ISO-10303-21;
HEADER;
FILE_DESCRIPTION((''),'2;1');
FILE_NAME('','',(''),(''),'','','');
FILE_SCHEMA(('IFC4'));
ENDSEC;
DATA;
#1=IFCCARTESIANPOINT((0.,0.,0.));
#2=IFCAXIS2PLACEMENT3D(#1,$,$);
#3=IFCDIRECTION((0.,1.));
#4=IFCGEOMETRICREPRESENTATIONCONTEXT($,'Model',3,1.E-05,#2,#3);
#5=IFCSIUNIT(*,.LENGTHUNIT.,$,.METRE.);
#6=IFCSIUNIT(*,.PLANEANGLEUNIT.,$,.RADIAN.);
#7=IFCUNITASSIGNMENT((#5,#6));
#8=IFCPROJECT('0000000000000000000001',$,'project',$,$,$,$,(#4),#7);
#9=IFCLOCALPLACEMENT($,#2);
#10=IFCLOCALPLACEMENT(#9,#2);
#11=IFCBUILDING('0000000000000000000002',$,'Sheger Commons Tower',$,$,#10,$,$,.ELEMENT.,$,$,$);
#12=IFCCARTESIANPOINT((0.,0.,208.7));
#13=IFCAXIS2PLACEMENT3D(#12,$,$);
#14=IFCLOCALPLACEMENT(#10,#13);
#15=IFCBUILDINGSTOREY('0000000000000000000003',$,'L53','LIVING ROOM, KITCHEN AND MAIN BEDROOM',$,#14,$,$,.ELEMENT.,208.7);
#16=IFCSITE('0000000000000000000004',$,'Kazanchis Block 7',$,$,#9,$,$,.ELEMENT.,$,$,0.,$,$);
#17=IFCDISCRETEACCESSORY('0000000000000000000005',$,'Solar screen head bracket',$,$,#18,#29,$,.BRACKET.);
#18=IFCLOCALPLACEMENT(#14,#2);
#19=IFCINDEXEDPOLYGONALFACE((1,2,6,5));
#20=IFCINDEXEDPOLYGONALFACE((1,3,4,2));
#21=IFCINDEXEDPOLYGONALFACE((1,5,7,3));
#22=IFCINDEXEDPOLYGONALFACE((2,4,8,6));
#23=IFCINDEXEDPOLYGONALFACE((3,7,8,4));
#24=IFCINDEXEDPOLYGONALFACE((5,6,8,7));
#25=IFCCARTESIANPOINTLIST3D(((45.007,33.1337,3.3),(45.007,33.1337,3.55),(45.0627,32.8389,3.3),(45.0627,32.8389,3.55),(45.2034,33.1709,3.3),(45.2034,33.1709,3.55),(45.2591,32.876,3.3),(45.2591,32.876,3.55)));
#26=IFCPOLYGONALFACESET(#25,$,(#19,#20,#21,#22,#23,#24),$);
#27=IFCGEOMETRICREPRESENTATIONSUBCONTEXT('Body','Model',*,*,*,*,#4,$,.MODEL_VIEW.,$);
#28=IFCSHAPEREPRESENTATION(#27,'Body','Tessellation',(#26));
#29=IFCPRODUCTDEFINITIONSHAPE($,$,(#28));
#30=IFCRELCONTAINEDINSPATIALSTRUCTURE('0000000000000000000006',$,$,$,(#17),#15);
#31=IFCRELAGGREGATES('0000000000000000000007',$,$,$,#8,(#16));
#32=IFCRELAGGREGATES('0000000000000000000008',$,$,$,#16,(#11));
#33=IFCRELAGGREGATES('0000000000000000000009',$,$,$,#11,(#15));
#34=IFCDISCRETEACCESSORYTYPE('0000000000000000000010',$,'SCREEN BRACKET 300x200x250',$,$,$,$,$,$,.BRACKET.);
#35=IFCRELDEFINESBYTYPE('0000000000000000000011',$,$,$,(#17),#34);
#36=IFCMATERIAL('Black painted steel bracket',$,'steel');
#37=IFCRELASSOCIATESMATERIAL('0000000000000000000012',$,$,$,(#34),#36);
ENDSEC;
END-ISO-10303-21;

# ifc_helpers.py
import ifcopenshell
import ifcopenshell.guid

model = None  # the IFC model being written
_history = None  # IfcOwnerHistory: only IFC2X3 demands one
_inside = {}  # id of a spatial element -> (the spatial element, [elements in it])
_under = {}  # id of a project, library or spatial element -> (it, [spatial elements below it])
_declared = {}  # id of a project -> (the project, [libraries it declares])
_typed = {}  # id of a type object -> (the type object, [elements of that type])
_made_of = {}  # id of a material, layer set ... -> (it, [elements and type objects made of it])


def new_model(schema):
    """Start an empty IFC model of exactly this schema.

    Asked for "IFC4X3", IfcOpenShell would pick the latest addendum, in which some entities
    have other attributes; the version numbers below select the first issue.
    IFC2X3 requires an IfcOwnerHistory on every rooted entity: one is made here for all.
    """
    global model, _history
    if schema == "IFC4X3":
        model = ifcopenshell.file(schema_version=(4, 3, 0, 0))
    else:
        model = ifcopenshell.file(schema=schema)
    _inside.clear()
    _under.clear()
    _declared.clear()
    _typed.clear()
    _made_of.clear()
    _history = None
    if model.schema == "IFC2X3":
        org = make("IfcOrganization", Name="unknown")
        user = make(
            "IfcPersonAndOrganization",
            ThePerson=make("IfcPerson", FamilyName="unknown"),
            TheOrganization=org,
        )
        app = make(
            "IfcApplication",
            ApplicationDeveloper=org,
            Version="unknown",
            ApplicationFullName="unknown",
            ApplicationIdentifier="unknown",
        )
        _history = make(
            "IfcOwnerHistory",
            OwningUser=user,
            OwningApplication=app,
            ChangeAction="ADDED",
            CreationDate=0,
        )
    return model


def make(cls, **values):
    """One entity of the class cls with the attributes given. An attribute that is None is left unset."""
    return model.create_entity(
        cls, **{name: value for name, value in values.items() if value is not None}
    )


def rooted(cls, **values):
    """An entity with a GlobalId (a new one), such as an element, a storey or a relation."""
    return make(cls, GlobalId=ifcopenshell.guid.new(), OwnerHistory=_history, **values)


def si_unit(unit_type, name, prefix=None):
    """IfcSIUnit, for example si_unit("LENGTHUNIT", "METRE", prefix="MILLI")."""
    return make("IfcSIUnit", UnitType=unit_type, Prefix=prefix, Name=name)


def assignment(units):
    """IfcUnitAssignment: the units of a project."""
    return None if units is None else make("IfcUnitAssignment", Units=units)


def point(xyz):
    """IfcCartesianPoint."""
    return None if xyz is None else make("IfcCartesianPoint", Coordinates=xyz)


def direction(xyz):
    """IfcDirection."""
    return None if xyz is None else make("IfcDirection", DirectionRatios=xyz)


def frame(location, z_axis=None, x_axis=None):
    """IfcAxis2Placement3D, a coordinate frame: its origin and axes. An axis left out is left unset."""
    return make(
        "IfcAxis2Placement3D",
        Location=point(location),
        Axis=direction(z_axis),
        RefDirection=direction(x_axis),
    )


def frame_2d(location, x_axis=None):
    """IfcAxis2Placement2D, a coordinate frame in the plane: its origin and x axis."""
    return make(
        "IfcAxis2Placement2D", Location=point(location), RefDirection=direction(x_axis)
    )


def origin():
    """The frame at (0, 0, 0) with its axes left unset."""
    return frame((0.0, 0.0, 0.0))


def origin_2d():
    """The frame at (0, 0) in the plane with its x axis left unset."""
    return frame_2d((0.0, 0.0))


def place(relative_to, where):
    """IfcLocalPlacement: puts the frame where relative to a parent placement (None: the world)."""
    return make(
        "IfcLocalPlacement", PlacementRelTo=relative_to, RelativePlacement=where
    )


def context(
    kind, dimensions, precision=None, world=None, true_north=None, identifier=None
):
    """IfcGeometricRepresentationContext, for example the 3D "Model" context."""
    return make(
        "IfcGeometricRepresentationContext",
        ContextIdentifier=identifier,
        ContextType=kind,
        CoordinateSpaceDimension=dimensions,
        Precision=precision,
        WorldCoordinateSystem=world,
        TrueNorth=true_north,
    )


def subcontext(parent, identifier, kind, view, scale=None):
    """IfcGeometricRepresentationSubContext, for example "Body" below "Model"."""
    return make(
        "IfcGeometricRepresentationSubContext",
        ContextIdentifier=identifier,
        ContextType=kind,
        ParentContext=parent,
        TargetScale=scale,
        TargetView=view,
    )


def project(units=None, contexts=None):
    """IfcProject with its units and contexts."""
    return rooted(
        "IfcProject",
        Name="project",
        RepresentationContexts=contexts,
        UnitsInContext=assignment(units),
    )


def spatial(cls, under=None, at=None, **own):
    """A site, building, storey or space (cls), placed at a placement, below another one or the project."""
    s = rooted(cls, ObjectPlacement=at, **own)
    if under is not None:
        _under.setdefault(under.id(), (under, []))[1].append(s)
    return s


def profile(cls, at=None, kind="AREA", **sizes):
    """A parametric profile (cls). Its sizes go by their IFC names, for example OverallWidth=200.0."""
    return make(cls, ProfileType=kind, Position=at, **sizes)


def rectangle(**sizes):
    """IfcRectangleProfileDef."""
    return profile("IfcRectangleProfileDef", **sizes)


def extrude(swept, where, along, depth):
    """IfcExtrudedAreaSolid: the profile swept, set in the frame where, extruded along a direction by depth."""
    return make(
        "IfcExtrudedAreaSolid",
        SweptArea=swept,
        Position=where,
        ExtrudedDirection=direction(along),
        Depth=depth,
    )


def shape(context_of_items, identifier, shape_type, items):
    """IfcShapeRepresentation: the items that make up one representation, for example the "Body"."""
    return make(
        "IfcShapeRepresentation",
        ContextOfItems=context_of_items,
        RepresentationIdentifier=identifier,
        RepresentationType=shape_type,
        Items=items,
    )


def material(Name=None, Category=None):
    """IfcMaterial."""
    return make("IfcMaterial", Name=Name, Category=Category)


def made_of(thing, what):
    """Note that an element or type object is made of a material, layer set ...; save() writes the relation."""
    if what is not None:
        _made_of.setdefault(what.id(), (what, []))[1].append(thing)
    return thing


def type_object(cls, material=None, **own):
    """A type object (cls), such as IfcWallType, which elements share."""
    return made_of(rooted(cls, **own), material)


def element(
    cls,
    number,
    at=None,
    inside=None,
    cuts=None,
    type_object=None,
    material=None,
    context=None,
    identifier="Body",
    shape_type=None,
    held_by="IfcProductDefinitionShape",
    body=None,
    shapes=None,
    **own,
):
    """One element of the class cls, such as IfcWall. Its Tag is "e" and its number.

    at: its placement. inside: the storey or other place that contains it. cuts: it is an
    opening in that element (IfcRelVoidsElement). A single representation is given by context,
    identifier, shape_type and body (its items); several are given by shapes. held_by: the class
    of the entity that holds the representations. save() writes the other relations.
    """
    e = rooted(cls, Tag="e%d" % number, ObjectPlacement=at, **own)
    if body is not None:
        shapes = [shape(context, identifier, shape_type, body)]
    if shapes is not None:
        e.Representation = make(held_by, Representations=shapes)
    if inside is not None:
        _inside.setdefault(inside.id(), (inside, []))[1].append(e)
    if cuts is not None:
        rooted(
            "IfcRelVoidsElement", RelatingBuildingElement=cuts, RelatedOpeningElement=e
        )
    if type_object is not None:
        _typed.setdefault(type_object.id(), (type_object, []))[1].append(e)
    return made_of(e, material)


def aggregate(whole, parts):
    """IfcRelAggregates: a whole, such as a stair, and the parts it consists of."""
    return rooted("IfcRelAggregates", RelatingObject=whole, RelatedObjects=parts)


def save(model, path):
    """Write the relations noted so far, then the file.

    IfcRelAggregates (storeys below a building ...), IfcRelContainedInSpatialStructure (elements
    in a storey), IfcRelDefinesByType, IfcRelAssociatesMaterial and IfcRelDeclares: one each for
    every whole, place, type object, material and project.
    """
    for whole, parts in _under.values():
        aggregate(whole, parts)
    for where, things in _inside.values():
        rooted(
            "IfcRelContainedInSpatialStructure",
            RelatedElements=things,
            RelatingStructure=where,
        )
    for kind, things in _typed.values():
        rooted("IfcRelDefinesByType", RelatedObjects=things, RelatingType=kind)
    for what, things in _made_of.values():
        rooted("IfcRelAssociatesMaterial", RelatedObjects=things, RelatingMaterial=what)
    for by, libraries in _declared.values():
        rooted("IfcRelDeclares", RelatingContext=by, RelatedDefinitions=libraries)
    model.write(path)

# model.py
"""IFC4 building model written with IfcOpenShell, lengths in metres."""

from ifc_helpers import new_model, si_unit, direction, frame, origin, origin_2d, place, context, subcontext, project, spatial, rectangle, extrude, material, type_object, element, save


model = new_model("IFC4")

# Units and contexts
model_context = context("Model", 3, precision=1e-05, world=origin(), true_north=direction((0.0, 1.0)))
body_context = subcontext(model_context, "Body", "Model", "MODEL_VIEW")
ifc_project = project(units=[si_unit("LENGTHUNIT", "METRE"), si_unit("PLANEANGLEUNIT", "RADIAN")], contexts=[model_context])

# Site, building, storey
site_placement = place(None, origin())
site = spatial("IfcSite", under=ifc_project, at=site_placement, Name="Kazanchis Block 7", CompositionType="ELEMENT", RefElevation=0.0)
building_placement = place(site_placement, origin())
building = spatial("IfcBuilding", under=site, at=building_placement, Name="Sheger Commons Tower", CompositionType="ELEMENT")
storey_placement = place(building_placement, frame((0.0, 0.0, 208.7)))
storey = spatial("IfcBuildingStorey", under=building, at=storey_placement, Name="L53", Description="LIVING ROOM, KITCHEN AND MAIN BEDROOM", CompositionType="ELEMENT", Elevation=208.7)

# Discrete accessory
ifc_material_1 = material(Name="Black painted steel bracket", Category="steel")
discrete_accessory_type = type_object("IfcDiscreteAccessoryType", Name="SCREEN BRACKET 300x200x250", PredefinedType="BRACKET", material=ifc_material_1)
for number, where, z_axis, x_axis, name in (
    (1, (45.1331, 33.0049, 3.3), (0.0, 0.0, 1.0), (-0.185615, 0.982623, 0.0), "Solar screen head bracket"),
):
    element("IfcDiscreteAccessory", number, at=place(storey_placement, frame(where, z_axis=z_axis, x_axis=x_axis)), inside=storey, type_object=discrete_accessory_type, Name=name, PredefinedType="BRACKET", context=body_context, shape_type="SweptSolid", body=[
        extrude(rectangle(XDim=0.3, YDim=0.2, at=origin_2d()), origin(), (0.0, 0.0, 1.0), 0.25),
    ])

save(model, "model.ifc")
